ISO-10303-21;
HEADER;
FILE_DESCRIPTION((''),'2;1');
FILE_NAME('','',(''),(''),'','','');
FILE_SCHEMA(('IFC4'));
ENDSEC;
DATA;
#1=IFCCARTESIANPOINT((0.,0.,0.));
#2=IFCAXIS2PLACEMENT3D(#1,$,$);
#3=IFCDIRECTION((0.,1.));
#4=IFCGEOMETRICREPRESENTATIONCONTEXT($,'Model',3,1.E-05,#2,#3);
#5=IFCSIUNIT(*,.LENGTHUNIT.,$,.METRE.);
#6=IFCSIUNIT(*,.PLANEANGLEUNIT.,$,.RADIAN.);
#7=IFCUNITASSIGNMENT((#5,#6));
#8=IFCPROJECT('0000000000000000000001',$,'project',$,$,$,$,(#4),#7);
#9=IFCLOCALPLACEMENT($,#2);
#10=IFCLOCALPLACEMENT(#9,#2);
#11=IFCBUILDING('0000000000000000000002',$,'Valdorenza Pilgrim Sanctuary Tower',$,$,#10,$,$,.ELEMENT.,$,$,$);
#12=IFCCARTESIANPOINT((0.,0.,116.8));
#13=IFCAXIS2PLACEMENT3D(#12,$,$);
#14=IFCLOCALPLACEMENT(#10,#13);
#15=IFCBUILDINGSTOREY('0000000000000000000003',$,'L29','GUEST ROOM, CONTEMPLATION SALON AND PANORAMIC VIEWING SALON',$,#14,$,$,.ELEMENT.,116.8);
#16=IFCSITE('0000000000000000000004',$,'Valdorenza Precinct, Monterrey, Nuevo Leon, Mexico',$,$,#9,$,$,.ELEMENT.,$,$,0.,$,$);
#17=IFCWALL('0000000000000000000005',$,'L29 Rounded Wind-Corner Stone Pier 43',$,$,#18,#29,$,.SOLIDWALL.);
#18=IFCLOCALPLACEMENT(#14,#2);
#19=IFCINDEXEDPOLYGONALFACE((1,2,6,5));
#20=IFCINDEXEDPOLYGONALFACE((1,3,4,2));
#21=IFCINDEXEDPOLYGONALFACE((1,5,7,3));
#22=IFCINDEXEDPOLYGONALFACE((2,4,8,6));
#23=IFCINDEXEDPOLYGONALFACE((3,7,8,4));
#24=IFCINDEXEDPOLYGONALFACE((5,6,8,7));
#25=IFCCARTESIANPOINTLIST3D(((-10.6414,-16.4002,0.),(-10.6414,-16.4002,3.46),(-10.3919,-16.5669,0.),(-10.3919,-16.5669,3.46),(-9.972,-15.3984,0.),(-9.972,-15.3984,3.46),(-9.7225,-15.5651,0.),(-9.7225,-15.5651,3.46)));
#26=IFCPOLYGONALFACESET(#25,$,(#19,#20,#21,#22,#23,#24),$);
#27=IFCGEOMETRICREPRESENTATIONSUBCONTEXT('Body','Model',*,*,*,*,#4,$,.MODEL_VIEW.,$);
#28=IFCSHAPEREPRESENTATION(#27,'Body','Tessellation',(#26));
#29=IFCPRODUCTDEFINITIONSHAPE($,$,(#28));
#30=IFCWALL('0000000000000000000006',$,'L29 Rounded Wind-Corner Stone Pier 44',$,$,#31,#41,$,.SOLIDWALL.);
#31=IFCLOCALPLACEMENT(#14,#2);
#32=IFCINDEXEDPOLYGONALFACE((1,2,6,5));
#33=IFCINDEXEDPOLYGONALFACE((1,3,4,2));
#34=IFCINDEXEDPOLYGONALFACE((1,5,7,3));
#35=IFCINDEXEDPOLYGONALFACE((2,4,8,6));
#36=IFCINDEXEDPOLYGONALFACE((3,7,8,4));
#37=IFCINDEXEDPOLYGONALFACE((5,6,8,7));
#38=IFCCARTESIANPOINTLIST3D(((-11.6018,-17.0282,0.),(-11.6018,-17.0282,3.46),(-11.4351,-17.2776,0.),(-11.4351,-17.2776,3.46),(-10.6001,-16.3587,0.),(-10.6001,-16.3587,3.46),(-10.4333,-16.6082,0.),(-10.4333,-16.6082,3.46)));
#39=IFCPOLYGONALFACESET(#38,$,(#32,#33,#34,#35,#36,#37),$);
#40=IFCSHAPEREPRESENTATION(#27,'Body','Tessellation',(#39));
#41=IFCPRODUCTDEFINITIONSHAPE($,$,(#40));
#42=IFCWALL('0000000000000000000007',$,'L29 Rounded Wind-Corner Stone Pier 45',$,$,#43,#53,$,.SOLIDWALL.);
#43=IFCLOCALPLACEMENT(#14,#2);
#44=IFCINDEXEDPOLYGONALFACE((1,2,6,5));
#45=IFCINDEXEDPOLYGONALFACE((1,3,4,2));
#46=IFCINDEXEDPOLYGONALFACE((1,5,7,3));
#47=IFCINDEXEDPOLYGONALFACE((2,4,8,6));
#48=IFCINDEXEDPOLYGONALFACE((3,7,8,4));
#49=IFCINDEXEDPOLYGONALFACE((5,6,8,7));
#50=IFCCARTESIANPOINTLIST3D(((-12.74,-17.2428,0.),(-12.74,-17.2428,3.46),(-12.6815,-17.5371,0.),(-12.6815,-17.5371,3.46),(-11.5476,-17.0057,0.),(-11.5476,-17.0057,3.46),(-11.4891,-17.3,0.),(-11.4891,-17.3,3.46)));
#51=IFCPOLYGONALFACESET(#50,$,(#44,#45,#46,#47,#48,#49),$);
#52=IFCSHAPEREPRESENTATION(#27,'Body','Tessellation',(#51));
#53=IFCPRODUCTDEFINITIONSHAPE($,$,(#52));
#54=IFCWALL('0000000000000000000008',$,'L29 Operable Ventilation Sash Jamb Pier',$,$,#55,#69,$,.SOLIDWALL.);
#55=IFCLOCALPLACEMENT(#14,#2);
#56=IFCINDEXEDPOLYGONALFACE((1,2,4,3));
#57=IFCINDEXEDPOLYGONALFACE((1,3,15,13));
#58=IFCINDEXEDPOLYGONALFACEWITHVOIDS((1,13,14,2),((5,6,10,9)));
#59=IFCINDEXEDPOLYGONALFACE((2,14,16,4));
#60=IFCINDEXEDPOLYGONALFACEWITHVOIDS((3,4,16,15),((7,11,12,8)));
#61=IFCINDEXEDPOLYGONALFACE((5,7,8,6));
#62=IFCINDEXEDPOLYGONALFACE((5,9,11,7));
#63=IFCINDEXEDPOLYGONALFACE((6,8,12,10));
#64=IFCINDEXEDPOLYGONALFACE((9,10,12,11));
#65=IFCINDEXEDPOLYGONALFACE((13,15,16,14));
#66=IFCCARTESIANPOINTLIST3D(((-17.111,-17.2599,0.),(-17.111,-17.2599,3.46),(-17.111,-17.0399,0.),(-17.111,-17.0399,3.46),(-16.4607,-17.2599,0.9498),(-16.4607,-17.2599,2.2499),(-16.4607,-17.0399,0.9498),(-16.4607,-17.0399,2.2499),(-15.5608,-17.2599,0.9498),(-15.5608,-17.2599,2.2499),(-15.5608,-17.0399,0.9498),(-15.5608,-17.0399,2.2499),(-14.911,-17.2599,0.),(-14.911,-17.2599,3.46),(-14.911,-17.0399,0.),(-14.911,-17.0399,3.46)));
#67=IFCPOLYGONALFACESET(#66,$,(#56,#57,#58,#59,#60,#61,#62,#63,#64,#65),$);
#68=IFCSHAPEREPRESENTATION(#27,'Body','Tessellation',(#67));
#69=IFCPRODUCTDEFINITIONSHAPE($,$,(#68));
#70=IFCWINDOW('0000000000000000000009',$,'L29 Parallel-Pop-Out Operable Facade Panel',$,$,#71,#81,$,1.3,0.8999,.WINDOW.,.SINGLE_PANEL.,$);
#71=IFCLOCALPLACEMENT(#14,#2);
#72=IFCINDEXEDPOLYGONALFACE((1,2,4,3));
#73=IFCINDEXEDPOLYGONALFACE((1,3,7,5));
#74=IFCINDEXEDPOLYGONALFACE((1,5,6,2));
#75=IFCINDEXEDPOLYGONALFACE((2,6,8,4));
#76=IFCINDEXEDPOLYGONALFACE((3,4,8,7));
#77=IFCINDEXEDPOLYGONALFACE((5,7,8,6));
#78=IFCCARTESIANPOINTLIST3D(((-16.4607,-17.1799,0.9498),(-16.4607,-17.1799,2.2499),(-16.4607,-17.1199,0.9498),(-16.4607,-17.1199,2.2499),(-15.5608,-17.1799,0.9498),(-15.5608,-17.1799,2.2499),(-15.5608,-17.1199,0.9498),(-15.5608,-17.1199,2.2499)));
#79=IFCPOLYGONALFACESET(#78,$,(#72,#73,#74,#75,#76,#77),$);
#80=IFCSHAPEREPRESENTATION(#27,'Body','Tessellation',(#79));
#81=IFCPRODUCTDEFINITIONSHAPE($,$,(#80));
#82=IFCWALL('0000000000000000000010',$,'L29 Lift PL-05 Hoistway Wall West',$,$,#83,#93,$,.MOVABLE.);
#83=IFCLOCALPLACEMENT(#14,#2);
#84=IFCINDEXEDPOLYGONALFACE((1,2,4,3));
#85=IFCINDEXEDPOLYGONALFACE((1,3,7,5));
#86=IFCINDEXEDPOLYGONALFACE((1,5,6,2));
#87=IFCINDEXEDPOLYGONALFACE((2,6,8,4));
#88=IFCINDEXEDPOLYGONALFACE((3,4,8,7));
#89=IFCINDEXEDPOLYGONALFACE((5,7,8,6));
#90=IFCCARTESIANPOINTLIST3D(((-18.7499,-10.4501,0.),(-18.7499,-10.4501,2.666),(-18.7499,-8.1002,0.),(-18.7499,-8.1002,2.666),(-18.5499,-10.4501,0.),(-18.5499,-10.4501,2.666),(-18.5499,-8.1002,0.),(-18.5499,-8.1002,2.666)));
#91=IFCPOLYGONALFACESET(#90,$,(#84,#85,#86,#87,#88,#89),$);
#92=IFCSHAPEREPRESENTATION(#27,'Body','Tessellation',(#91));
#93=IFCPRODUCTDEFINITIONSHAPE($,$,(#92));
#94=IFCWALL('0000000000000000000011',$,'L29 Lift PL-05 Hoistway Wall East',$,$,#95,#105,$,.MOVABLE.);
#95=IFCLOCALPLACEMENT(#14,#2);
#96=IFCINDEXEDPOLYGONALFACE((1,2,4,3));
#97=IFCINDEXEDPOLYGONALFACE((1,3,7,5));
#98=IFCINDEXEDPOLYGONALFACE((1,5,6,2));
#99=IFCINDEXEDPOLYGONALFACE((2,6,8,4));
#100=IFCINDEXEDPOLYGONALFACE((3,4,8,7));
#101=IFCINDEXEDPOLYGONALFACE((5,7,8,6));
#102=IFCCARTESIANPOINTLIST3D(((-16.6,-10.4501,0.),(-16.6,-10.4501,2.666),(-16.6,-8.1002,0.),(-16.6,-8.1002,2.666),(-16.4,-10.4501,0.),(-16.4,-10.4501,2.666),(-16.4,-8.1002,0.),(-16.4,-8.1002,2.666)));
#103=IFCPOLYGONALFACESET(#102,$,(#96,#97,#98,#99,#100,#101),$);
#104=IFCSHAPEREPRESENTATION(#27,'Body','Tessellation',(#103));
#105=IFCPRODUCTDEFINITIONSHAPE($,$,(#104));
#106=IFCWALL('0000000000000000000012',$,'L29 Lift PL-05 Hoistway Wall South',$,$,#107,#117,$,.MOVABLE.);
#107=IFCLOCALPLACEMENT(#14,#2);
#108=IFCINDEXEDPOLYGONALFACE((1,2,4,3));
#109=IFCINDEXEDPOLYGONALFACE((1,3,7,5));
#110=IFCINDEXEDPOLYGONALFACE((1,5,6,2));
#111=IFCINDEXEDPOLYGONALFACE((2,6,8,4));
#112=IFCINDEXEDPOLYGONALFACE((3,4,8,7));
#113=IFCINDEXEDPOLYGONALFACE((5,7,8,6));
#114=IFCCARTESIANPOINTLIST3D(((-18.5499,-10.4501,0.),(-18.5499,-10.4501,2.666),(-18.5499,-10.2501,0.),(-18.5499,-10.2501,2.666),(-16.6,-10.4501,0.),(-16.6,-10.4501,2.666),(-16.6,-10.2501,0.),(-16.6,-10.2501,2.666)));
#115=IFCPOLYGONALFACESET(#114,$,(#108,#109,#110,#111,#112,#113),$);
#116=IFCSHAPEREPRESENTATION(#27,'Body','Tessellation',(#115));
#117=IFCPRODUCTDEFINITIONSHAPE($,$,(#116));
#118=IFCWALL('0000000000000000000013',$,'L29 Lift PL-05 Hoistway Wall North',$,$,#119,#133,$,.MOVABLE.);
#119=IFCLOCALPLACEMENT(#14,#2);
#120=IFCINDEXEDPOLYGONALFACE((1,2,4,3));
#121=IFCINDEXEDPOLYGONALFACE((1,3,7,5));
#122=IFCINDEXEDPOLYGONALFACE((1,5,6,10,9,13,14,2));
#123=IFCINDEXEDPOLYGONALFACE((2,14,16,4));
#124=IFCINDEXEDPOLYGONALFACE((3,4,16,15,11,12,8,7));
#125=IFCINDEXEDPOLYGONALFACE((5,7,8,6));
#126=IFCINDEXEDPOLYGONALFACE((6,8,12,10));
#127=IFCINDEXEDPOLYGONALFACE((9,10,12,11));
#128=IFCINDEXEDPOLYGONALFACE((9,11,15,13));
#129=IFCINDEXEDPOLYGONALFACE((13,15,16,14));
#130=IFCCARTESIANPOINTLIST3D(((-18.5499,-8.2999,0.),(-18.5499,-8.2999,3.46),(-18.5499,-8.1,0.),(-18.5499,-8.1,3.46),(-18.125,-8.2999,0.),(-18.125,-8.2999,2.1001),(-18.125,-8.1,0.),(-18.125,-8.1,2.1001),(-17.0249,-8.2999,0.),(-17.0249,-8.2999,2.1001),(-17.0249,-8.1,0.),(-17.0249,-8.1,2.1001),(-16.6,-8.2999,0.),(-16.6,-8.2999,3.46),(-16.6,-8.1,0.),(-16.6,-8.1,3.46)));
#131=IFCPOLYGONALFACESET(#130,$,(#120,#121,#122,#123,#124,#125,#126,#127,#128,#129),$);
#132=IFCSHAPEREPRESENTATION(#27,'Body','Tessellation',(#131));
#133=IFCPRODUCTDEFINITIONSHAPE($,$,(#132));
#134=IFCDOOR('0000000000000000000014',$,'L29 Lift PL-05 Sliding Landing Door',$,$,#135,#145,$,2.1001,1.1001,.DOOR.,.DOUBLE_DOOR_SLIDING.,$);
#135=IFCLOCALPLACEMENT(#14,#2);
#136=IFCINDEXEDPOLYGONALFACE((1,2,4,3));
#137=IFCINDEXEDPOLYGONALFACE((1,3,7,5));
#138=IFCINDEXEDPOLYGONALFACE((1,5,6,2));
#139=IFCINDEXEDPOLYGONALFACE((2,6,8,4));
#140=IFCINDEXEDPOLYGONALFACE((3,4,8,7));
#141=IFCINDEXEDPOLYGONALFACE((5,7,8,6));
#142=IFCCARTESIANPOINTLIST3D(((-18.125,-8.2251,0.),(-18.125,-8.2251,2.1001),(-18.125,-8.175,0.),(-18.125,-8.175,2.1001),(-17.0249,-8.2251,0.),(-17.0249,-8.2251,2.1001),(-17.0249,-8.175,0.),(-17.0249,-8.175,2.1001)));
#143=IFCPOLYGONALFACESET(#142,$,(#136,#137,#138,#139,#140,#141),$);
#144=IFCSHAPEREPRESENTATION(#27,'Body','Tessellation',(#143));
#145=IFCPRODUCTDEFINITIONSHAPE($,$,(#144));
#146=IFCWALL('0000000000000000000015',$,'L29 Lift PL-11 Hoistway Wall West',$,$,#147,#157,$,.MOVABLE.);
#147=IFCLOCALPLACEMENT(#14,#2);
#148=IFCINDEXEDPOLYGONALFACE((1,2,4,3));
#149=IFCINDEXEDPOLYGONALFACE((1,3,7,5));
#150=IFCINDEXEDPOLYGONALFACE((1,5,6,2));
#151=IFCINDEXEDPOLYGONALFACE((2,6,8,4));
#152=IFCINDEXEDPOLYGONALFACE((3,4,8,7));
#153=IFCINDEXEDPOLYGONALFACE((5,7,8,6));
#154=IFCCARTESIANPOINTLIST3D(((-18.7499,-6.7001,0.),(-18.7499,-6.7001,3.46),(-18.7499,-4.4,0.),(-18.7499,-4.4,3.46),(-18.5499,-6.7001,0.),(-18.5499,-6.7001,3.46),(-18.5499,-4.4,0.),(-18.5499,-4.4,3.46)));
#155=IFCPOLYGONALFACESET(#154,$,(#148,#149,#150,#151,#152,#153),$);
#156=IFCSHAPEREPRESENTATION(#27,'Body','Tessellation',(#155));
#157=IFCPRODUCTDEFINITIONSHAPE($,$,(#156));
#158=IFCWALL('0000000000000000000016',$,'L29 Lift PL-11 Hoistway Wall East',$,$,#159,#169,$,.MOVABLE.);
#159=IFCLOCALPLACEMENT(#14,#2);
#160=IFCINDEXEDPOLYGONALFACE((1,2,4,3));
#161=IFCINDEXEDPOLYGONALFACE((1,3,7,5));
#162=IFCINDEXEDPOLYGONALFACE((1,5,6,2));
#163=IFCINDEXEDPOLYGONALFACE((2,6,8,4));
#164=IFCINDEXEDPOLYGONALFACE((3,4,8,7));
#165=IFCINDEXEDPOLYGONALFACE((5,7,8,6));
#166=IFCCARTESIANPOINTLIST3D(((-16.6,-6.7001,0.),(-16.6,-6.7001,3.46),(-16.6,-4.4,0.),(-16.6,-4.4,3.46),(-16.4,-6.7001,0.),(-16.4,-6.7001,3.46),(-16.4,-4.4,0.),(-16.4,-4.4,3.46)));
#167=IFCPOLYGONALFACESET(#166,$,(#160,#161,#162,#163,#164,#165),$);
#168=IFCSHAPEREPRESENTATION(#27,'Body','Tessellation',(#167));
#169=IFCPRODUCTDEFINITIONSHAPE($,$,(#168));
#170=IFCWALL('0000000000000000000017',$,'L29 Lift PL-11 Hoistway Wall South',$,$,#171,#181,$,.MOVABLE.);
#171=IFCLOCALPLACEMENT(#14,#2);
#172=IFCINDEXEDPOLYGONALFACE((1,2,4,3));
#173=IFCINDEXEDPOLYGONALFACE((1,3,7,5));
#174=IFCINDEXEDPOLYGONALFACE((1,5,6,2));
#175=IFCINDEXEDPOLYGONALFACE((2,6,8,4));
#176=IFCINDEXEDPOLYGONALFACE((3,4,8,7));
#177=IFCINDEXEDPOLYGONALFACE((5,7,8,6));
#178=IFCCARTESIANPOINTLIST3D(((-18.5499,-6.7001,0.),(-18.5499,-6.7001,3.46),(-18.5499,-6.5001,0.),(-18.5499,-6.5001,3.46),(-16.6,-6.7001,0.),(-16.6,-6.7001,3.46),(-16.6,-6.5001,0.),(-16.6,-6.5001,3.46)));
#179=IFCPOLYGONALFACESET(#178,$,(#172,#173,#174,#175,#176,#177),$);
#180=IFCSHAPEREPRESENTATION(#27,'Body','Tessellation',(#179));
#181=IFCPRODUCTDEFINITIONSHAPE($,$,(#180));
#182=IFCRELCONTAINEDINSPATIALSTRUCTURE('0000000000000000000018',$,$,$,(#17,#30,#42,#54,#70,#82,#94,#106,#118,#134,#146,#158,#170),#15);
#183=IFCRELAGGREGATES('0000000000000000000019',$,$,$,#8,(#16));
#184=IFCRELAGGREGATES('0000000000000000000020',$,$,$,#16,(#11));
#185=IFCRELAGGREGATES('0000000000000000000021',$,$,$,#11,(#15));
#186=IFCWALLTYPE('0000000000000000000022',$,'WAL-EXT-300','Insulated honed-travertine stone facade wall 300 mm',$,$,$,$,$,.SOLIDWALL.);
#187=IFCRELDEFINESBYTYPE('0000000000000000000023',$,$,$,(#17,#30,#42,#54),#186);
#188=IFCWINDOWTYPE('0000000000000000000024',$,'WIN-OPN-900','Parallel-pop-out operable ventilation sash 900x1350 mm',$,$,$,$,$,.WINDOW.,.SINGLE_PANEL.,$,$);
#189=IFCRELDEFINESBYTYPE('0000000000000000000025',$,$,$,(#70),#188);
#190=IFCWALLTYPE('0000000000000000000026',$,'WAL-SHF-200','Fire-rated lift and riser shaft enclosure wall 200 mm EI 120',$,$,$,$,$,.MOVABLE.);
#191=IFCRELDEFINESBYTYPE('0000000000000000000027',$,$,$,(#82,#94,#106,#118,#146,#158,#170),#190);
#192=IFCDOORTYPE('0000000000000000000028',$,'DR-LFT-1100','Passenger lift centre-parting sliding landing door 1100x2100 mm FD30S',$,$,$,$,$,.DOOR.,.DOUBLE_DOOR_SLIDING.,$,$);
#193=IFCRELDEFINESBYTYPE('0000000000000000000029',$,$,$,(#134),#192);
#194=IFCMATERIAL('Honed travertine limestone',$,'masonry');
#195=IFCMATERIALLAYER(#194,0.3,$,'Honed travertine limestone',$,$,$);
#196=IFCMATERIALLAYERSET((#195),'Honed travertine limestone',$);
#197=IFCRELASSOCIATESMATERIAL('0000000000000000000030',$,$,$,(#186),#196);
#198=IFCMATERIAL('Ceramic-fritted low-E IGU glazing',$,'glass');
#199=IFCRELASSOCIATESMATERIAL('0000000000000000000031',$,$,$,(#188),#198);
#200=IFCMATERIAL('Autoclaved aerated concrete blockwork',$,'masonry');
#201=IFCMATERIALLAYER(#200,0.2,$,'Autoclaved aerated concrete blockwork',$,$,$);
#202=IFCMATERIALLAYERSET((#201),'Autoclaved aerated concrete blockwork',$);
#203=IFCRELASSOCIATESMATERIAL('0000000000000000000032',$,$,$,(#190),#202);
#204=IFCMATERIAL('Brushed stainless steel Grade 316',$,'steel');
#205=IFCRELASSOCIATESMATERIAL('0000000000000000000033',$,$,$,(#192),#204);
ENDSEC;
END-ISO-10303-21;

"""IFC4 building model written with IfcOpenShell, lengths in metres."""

from ifc_helpers import new_model, si_unit, direction, frame, frame_2d, origin, place, context, subcontext, project, spatial, rectangle, extrude, material, layer, layer_set, type_object, element, fill, save


model = new_model("IFC4")

# Units and contexts
model_context = context("Model", 3, precision=1e-05, world=origin(), true_north=direction((0.0, 1.0)))
body_context = subcontext(model_context, "Body", "Model", "MODEL_VIEW")
ifc_project = project(units=[si_unit("LENGTHUNIT", "METRE"), si_unit("PLANEANGLEUNIT", "RADIAN")], contexts=[model_context])

# Site, building, storey
site_placement = place(None, origin())
site = spatial("IfcSite", under=ifc_project, at=site_placement, Name="Valdorenza Precinct, Monterrey, Nuevo Leon, Mexico", CompositionType="ELEMENT", RefElevation=0.0)
building_placement = place(site_placement, origin())
building = spatial("IfcBuilding", under=site, at=building_placement, Name="Valdorenza Pilgrim Sanctuary Tower", CompositionType="ELEMENT")
storey_placement = place(building_placement, frame((0.0, 0.0, 116.8)))
storey = spatial("IfcBuildingStorey", under=building, at=storey_placement, Name="L29", Description="GUEST ROOM, CONTEMPLATION SALON AND PANORAMIC VIEWING SALON", CompositionType="ELEMENT", Elevation=116.8)

# Shared definitions
ifc_material_1 = material(Name="Honed travertine limestone", Category="masonry")
ifc_material_2 = material(Name="Ceramic-fritted low-E IGU glazing", Category="glass")

# Walls
ifc_layer_1 = layer(ifc_material_1, 0.3, Name="Honed travertine limestone")
ifc_layer_set_1 = layer_set([ifc_layer_1], Name="Honed travertine limestone")
wall_type_1 = type_object("IfcWallType", Name="WAL-EXT-300", Description="Insulated honed-travertine stone facade wall 300 mm", PredefinedType="SOLIDWALL", material=ifc_layer_set_1)
for number, where, z_axis, x_axis, name in (
    (1, (-9.8472, -15.4817, 0.0), (0.0, 0.0, 1.0), (-0.555635, -0.831426, 0.0), "L29 Rounded Wind-Corner Stone Pier 43"),
    (2, (-10.5166, -16.4834, 0.0), (0.0, 0.0, 1.0), (-0.831426, -0.555635, 0.0), "L29 Rounded Wind-Corner Stone Pier 44"),
):
    element("IfcWall", number, at=place(storey_placement, frame(where, z_axis=z_axis, x_axis=x_axis)), inside=storey, type_object=wall_type_1, Name=name, PredefinedType="SOLIDWALL", context=body_context, shape_type="SweptSolid", body=[
        extrude(rectangle(XDim=1.2048, YDim=0.3, at=frame_2d((0.6025, 0.0))), origin(), (0.0, 0.0, 1.0), 3.46),
    ])
wall_1_placement = place(storey_placement, frame((-11.5183, -17.1528, 0.0), z_axis=(0.0, 0.0, 1.0), x_axis=(-0.980804, -0.194996, 0.0)))
element("IfcWall", 3, at=wall_1_placement, inside=storey, type_object=wall_type_1, Name="L29 Rounded Wind-Corner Stone Pier 45", PredefinedType="SOLIDWALL", context=body_context, shape_type="SweptSolid", body=[
    extrude(rectangle(XDim=1.2158, YDim=0.3, at=frame_2d((0.6079, 0.0))), origin(), (0.0, 0.0, 1.0), 3.46),
])

# Wall, opening, window
wall_2_placement = place(storey_placement, frame((-14.9109, -17.1499, 0.0), z_axis=(0.0, 0.0, 1.0), x_axis=(-1.0, 0.0, 0.0)))
wall_2 = element("IfcWall", 4, at=wall_2_placement, inside=storey, type_object=wall_type_1, Name="L29 Operable Ventilation Sash Jamb Pier", PredefinedType="SOLIDWALL", context=body_context, shape_type="SweptSolid", body=[
    extrude(rectangle(XDim=2.2, YDim=0.22, at=frame_2d((1.1001, 0.0))), origin(), (0.0, 0.0, 1.0), 3.46),
])
opening_1_placement = place(wall_2_placement, frame((0.6499, 0.0, 0.95)))
opening_1 = element("IfcOpeningElement", 5, at=opening_1_placement, cuts=wall_2, PredefinedType="OPENING", context=body_context, shape_type="SweptSolid", body=[
    extrude(rectangle(XDim=0.8999, YDim=1.3, at=frame_2d((0.45, 0.6499))), frame((0.0, 0.125, 0.0), z_axis=(0.0, -1.0, 0.0), x_axis=(1.0, 0.0, 0.0)), (0.0, 0.0, 1.0), 0.2498),
])
window_type = type_object("IfcWindowType", Name="WIN-OPN-900", Description="Parallel-pop-out operable ventilation sash 900x1350 mm", PartitioningType="SINGLE_PANEL", PredefinedType="WINDOW", material=ifc_material_2)
window_placement = place(opening_1_placement, origin())
window = element("IfcWindow", 6, at=window_placement, inside=storey, type_object=window_type, Name="L29 Parallel-Pop-Out Operable Facade Panel", OverallHeight=1.3, OverallWidth=0.8999, PartitioningType="SINGLE_PANEL", PredefinedType="WINDOW", context=body_context, shape_type="SweptSolid", body=[
    extrude(rectangle(XDim=0.8999, YDim=1.3, at=frame_2d((0.45, 0.6499))), frame((0.0, 0.03, 0.0), z_axis=(0.0, -1.0, 0.0), x_axis=(1.0, 0.0, 0.0)), (0.0, 0.0, 1.0), 0.0601),
])
fill(opening_1, window)

# Walls
ifc_material_3 = material(Name="Autoclaved aerated concrete blockwork", Category="masonry")
ifc_layer_2 = layer(ifc_material_3, 0.2, Name="Autoclaved aerated concrete blockwork")
ifc_layer_set_2 = layer_set([ifc_layer_2], Name="Autoclaved aerated concrete blockwork")
wall_type_2 = type_object("IfcWallType", Name="WAL-SHF-200", Description="Fire-rated lift and riser shaft enclosure wall 200 mm EI 120", PredefinedType="MOVABLE", material=ifc_layer_set_2)
for number, where, z_axis, x_axis, name in (
    (7, (-18.6499, -10.45, 0.0), (0.0, 0.0, 1.0), (0.0, 1.0, 0.0), "L29 Lift PL-05 Hoistway Wall West"),
    (8, (-16.5, -10.45, 0.0), (0.0, 0.0, 1.0), (0.0, 1.0, 0.0), "L29 Lift PL-05 Hoistway Wall East"),
):
    element("IfcWall", number, at=place(storey_placement, frame(where, z_axis=z_axis, x_axis=x_axis)), inside=storey, type_object=wall_type_2, Name=name, PredefinedType="MOVABLE", context=body_context, shape_type="SweptSolid", body=[
        extrude(rectangle(XDim=2.3499, YDim=0.2, at=frame_2d((1.1748, 0.0))), origin(), (0.0, 0.0, 1.0), 2.666),
    ])
wall_3_placement = place(storey_placement, frame((-18.55, -10.3501, 0.0), z_axis=(0.0, 0.0, 1.0), x_axis=(1.0, 0.0, 0.0)))
element("IfcWall", 9, at=wall_3_placement, inside=storey, type_object=wall_type_2, Name="L29 Lift PL-05 Hoistway Wall South", PredefinedType="MOVABLE", context=body_context, shape_type="SweptSolid", body=[
    extrude(rectangle(XDim=1.95, YDim=0.2, at=frame_2d((0.9751, 0.0))), origin(), (0.0, 0.0, 1.0), 2.666),
])

# Wall, opening, door
wall_4_placement = place(storey_placement, frame((-18.55, -8.2, 0.0), z_axis=(0.0, 0.0, 1.0), x_axis=(1.0, 0.0, 0.0)))
wall_4 = element("IfcWall", 10, at=wall_4_placement, inside=storey, type_object=wall_type_2, Name="L29 Lift PL-05 Hoistway Wall North", PredefinedType="MOVABLE", context=body_context, shape_type="SweptSolid", body=[
    extrude(rectangle(XDim=1.95, YDim=0.2, at=frame_2d((0.9751, 0.0))), origin(), (0.0, 0.0, 1.0), 3.46),
])
opening_2_placement = place(wall_4_placement, frame((0.425, 0.0, 0.0)))
opening_2 = element("IfcOpeningElement", 11, at=opening_2_placement, cuts=wall_4, PredefinedType="OPENING", context=body_context, shape_type="SweptSolid", body=[
    extrude(rectangle(XDim=1.1001, YDim=2.1001, at=frame_2d((0.55, 1.05))), frame((0.0, 0.1147, 0.0), z_axis=(0.0, -1.0, 0.0), x_axis=(1.0, 0.0, 0.0)), (0.0, 0.0, 1.0), 0.2297),
])
ifc_material_4 = material(Name="Brushed stainless steel Grade 316", Category="steel")
door_type_1 = type_object("IfcDoorType", Name="DR-LFT-1100", Description="Passenger lift centre-parting sliding landing door 1100x2100 mm FD30S", OperationType="DOUBLE_DOOR_SLIDING", PredefinedType="DOOR", material=ifc_material_4)
door_1_placement = place(opening_2_placement, origin())
door_1 = element("IfcDoor", 12, at=door_1_placement, inside=storey, type_object=door_type_1, Name="L29 Lift PL-05 Sliding Landing Door", OperationType="DOUBLE_DOOR_SLIDING", OverallHeight=2.1001, OverallWidth=1.1001, PredefinedType="DOOR", context=body_context, shape_type="SweptSolid", body=[
    extrude(rectangle(XDim=1.1001, YDim=2.1001, at=frame_2d((0.55, 1.05))), frame((0.0, 0.0249, 0.0), z_axis=(0.0, -1.0, 0.0), x_axis=(1.0, 0.0, 0.0)), (0.0, 0.0, 1.0), 0.05),
])
fill(opening_2, door_1)

# Walls
for number, where, z_axis, x_axis, name in (
    (13, (-18.6499, -6.7, 0.0), (0.0, 0.0, 1.0), (0.0, 1.0, 0.0), "L29 Lift PL-11 Hoistway Wall West"),
    (14, (-16.5, -6.7, 0.0), (0.0, 0.0, 1.0), (0.0, 1.0, 0.0), "L29 Lift PL-11 Hoistway Wall East"),
):
    element("IfcWall", number, at=place(storey_placement, frame(where, z_axis=z_axis, x_axis=x_axis)), inside=storey, type_object=wall_type_2, Name=name, PredefinedType="MOVABLE", context=body_context, shape_type="SweptSolid", body=[
        extrude(rectangle(XDim=2.3, YDim=0.2, at=frame_2d((1.1499, 0.0))), origin(), (0.0, 0.0, 1.0), 3.46),
    ])
wall_5_placement = place(storey_placement, frame((-18.55, -6.6001, 0.0), z_axis=(0.0, 0.0, 1.0), x_axis=(1.0, 0.0, 0.0)))
element("IfcWall", 15, at=wall_5_placement, inside=storey, type_object=wall_type_2, Name="L29 Lift PL-11 Hoistway Wall South", PredefinedType="MOVABLE", context=body_context, shape_type="SweptSolid", body=[
    extrude(rectangle(XDim=1.95, YDim=0.2, at=frame_2d((0.9751, 0.0))), origin(), (0.0, 0.0, 1.0), 3.46),
])

save(model, "model.ifc")
